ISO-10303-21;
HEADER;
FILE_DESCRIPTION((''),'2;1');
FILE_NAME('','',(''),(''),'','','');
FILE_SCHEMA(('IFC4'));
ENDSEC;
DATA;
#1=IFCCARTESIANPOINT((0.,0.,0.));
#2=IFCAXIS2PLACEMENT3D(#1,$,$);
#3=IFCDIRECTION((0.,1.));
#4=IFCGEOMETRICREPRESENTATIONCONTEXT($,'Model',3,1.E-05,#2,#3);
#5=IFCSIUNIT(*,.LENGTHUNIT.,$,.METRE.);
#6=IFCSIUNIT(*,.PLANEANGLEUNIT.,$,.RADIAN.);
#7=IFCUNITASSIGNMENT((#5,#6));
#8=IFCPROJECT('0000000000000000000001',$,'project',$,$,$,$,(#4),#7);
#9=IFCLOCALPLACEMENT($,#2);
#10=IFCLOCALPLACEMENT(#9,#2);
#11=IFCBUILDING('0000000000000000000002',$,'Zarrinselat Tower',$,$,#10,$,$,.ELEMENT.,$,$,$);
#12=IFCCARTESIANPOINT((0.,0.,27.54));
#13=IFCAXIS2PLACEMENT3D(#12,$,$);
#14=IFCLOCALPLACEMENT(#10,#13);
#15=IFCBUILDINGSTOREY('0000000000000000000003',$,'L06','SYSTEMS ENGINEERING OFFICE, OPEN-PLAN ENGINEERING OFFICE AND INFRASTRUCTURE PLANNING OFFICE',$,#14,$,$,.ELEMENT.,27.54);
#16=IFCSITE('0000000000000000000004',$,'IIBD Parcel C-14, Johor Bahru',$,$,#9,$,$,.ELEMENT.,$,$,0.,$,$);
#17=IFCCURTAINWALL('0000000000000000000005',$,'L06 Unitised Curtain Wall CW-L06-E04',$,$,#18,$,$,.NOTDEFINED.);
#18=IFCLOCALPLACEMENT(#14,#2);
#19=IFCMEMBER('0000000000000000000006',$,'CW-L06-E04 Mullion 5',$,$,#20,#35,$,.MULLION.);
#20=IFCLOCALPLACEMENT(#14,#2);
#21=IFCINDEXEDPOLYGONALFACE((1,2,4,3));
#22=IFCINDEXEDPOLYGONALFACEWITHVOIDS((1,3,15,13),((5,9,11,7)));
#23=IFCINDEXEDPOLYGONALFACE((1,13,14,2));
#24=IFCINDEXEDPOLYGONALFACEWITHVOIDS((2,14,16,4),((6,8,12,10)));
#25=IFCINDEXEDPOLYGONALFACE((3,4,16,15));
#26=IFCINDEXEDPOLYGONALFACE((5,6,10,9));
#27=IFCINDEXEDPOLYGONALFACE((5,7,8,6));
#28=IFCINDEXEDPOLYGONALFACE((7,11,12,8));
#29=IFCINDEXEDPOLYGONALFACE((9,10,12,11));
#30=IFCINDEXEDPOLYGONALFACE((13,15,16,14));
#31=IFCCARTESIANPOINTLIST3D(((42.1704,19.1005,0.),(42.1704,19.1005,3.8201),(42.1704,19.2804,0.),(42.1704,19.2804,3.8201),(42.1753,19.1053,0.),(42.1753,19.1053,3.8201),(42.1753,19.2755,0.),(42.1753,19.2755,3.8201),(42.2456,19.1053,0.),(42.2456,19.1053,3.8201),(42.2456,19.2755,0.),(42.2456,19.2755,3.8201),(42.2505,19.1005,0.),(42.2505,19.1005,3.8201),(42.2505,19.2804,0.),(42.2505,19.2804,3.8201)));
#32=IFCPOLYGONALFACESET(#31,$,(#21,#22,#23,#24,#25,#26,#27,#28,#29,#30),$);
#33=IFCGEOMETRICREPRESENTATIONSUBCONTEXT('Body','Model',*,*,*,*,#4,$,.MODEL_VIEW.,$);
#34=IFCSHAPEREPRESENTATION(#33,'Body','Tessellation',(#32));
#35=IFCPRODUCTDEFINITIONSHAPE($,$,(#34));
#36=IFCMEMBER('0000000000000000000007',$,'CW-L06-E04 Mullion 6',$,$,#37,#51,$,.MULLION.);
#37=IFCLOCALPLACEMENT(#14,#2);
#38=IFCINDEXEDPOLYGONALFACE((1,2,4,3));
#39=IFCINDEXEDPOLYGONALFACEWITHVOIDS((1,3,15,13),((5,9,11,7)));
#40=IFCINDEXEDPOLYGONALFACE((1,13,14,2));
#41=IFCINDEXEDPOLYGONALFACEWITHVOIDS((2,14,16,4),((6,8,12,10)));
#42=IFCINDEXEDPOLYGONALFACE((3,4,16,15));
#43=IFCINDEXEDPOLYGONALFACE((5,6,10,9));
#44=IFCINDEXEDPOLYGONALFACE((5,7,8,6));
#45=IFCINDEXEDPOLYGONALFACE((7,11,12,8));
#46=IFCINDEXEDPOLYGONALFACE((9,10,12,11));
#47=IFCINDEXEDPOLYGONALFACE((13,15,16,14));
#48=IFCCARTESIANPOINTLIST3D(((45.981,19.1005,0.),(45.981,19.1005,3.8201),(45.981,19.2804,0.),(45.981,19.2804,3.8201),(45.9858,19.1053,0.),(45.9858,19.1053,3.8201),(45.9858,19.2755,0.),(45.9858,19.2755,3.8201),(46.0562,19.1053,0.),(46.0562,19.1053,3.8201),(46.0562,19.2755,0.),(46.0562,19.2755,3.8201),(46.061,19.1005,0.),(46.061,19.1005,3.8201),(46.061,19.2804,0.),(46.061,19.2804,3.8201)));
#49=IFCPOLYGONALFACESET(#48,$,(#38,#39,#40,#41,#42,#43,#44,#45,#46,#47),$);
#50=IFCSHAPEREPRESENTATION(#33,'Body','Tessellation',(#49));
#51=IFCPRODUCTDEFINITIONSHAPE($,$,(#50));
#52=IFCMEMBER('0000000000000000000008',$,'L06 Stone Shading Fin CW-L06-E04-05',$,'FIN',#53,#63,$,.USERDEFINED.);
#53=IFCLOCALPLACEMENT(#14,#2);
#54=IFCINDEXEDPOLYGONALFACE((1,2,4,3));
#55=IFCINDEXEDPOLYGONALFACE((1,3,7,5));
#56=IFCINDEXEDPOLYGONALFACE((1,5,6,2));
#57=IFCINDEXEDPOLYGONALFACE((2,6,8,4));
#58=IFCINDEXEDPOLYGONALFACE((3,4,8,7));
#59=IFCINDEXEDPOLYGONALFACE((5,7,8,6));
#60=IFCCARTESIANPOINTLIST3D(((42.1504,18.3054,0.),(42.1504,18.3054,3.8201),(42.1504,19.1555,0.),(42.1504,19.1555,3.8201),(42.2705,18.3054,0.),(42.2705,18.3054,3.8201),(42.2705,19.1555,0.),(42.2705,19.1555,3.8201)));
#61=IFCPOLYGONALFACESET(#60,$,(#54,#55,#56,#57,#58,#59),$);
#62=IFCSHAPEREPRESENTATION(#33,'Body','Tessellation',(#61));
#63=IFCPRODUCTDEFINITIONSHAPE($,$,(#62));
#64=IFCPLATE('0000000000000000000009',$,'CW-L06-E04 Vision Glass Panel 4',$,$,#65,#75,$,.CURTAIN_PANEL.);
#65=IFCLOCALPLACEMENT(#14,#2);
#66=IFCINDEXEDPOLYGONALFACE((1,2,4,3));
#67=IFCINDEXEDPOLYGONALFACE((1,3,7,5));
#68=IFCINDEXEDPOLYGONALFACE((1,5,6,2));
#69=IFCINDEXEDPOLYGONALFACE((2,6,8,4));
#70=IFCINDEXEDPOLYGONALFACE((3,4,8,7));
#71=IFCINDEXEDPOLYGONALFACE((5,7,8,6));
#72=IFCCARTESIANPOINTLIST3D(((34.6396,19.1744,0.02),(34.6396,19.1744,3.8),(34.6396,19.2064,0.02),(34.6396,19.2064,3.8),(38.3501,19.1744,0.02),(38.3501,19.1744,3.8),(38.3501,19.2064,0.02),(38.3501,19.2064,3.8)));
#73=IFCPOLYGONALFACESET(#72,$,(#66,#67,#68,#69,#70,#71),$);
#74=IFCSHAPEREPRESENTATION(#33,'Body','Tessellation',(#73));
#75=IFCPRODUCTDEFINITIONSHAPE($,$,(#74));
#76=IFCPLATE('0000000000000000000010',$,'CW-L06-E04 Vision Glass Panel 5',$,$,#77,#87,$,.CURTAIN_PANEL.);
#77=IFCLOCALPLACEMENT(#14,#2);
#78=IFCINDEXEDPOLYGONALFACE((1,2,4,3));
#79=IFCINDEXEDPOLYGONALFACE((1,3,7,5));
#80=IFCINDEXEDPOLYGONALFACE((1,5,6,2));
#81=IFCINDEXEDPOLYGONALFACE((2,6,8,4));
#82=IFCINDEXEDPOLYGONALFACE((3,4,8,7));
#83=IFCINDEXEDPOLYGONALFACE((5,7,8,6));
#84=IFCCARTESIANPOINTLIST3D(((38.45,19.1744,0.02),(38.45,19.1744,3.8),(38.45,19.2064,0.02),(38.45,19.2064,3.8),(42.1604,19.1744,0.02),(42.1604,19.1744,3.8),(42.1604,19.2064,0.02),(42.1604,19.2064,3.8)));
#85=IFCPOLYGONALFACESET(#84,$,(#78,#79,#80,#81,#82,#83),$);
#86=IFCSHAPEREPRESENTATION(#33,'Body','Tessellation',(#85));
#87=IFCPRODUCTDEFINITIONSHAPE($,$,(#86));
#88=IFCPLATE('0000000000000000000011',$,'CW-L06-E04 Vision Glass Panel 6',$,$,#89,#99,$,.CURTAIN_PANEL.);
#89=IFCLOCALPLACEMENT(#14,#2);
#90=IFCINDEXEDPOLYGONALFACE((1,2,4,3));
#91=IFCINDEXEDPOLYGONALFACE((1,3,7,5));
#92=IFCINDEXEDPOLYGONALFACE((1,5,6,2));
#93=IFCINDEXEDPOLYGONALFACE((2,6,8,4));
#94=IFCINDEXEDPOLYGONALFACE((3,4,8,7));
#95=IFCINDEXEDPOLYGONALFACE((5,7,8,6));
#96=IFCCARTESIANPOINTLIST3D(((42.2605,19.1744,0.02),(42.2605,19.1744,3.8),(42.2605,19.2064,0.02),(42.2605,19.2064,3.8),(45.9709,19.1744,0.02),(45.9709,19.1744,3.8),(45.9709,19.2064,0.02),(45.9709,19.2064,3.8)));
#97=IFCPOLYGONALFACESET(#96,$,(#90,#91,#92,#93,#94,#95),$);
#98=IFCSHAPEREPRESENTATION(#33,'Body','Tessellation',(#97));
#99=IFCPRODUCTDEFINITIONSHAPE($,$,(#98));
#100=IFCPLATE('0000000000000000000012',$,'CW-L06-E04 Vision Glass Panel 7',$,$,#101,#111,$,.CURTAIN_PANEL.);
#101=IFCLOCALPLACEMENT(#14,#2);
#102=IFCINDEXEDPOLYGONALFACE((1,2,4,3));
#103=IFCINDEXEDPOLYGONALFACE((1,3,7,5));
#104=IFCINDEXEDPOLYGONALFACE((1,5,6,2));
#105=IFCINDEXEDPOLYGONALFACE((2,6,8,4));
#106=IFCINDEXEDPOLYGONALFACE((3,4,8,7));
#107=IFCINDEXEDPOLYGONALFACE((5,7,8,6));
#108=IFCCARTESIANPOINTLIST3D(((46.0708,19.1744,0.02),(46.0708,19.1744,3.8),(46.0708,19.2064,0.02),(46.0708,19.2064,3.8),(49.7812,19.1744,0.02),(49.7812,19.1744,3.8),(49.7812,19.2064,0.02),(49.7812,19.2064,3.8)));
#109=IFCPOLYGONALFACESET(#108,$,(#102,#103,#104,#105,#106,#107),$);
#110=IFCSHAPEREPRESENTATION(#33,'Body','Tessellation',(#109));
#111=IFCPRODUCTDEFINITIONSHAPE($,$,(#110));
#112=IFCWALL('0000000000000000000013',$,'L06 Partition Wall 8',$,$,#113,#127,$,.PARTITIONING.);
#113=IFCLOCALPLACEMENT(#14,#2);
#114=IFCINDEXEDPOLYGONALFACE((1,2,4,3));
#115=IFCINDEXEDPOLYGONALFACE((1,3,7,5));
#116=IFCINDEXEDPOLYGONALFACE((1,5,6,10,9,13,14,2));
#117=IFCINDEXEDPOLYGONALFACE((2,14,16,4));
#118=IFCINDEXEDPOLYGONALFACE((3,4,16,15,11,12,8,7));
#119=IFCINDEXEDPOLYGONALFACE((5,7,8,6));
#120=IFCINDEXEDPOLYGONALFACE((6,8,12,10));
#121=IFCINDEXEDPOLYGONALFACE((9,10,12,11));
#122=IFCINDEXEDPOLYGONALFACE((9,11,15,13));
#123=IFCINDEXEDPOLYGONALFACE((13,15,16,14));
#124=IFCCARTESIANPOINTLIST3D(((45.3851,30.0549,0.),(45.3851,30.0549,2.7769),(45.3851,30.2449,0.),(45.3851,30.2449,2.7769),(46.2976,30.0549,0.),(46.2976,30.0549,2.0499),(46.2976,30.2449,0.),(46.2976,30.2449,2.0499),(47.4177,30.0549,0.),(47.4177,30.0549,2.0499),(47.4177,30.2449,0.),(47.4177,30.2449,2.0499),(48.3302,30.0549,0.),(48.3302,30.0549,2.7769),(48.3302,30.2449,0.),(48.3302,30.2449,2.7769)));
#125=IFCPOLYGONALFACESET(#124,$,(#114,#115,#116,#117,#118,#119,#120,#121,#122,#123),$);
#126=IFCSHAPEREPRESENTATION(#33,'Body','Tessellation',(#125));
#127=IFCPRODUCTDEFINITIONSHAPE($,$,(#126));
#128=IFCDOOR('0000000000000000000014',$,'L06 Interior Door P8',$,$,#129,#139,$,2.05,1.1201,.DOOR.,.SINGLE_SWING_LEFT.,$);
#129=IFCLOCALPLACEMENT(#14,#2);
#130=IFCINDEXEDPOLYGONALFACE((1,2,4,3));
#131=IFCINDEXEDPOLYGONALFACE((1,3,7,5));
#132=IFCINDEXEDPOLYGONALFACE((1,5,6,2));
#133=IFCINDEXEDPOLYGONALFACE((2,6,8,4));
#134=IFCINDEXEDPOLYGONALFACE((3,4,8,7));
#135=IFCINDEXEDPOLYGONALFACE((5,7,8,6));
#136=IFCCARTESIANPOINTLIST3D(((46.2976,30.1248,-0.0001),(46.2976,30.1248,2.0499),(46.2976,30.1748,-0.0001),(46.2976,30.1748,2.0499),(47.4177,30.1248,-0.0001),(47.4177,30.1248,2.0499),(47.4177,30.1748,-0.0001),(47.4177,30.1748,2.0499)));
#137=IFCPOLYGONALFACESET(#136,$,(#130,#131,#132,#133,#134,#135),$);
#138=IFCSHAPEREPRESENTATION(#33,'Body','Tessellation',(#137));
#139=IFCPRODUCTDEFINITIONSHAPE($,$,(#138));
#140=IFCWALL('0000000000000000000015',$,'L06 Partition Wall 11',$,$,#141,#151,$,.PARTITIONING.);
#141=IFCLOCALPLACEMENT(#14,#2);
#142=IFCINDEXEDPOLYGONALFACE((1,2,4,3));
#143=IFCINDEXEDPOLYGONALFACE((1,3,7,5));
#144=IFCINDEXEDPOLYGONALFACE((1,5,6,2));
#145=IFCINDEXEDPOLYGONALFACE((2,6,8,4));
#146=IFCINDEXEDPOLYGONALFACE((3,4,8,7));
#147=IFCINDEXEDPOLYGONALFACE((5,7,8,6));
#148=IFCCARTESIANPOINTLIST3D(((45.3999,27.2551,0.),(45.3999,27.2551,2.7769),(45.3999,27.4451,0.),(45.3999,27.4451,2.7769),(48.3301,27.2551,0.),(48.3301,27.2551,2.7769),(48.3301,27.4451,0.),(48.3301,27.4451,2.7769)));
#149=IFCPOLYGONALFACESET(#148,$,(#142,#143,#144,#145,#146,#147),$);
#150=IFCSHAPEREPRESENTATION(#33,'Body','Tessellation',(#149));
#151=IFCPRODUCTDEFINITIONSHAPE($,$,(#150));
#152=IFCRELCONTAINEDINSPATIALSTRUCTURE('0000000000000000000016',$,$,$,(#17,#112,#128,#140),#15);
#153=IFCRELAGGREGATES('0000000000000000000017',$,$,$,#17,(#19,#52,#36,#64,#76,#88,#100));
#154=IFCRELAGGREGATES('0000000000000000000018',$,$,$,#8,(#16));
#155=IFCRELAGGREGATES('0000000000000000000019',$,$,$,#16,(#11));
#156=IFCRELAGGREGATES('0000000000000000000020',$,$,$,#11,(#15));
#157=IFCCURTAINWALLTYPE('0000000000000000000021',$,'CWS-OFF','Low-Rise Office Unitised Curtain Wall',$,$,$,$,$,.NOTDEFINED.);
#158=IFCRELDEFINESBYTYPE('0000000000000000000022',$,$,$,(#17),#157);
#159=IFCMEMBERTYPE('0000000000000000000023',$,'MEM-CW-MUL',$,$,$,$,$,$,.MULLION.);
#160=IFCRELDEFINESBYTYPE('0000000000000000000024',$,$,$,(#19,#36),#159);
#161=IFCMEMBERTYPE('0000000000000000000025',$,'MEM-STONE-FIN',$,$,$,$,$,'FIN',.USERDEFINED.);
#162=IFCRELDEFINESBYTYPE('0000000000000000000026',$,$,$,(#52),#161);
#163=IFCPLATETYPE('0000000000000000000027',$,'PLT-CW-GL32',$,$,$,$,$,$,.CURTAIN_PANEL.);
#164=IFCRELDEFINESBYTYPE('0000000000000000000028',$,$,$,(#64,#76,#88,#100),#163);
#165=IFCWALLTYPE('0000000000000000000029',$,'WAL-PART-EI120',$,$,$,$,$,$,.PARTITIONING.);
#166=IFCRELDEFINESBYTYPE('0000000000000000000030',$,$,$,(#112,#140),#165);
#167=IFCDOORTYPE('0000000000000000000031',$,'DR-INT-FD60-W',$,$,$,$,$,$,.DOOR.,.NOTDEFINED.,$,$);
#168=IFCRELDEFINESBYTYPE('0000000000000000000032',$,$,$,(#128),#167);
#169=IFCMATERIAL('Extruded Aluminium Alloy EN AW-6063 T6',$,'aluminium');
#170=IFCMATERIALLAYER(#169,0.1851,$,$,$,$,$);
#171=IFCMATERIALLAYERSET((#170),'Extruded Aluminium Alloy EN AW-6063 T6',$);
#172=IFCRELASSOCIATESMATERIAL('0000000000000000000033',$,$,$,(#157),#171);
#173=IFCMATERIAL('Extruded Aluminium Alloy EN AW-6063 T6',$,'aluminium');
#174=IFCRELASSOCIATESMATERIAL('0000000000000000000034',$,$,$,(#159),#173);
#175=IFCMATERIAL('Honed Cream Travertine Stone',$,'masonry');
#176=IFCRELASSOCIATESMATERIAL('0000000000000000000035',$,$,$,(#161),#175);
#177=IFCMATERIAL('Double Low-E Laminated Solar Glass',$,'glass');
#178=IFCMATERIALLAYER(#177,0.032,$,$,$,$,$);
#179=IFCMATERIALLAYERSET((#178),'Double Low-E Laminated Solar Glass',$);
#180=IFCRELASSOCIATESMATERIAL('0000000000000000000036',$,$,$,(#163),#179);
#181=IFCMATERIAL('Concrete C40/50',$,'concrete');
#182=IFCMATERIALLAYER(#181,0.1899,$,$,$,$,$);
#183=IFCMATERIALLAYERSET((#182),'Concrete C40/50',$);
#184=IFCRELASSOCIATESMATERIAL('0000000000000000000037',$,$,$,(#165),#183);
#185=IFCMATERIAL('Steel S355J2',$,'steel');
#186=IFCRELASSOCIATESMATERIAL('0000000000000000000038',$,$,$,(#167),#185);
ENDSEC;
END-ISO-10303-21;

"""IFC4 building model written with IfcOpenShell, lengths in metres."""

from ifc_helpers import new_model, si_unit, direction, frame, frame_2d, origin, origin_2d, place, context, subcontext, project, spatial, rectangle, hollow_rectangle, extrude, material, layer, layer_set, material_profile, profile_set, type_object, element, fill, aggregate, save


model = new_model("IFC4")

# Units and contexts
model_context = context("Model", 3, precision=1e-05, world=origin(), true_north=direction((0.0, 1.0)))
body_context = subcontext(model_context, "Body", "Model", "MODEL_VIEW")
ifc_project = project(units=[si_unit("LENGTHUNIT", "METRE"), si_unit("PLANEANGLEUNIT", "RADIAN")], contexts=[model_context])

# Site, building, storey
site_placement = place(None, origin())
site = spatial("IfcSite", under=ifc_project, at=site_placement, Name="IIBD Parcel C-14, Johor Bahru", CompositionType="ELEMENT", RefElevation=0.0)
building_placement = place(site_placement, origin())
building = spatial("IfcBuilding", under=site, at=building_placement, Name="Zarrinselat Tower", CompositionType="ELEMENT")
storey_placement = place(building_placement, frame((0.0, 0.0, 27.54)))
storey = spatial("IfcBuildingStorey", under=building, at=storey_placement, Name="L06", Description="SYSTEMS ENGINEERING OFFICE, OPEN-PLAN ENGINEERING OFFICE AND INFRASTRUCTURE PLANNING OFFICE", CompositionType="ELEMENT", Elevation=27.54)

# Curtain wall, members, plates
ifc_material_1 = material(Name="Extruded Aluminium Alloy EN AW-6063 T6", Category="aluminium")
ifc_layer_1 = layer(ifc_material_1, 0.1851)
ifc_layer_set_1 = layer_set([ifc_layer_1], Name="Extruded Aluminium Alloy EN AW-6063 T6")
curtain_wall_type = type_object("IfcCurtainWallType", Name="CWS-OFF", Description="Low-Rise Office Unitised Curtain Wall", PredefinedType="NOTDEFINED", material=ifc_layer_set_1)
curtain_wall_placement = place(storey_placement, origin())
curtain_wall = element("IfcCurtainWall", 1, at=curtain_wall_placement, inside=storey, type_object=curtain_wall_type, Name="L06 Unitised Curtain Wall CW-L06-E04", PredefinedType="NOTDEFINED")
ifc_material_2 = material(Name="Extruded Aluminium Alloy EN AW-6063 T6", Category="aluminium")
ifc_material_profile_1 = material_profile(ifc_material_2, hollow_rectangle(XDim=0.0801, YDim=0.1799, WallThickness=0.0049, at=origin_2d()), Name="RHS 180x80x5")
ifc_profile_set_1 = profile_set([ifc_material_profile_1], Name="Extruded Aluminium Alloy EN AW-6063 T6")
member_type_1 = type_object("IfcMemberType", Name="MEM-CW-MUL", PredefinedType="MULLION", material=ifc_profile_set_1)
member_1_placement = place(storey_placement, frame((42.2104, 19.1904, 0.0), z_axis=(0.0, 0.0, 1.0), x_axis=(1.0, 0.0, 0.0)))
member_1 = element("IfcMember", 2, at=member_1_placement, type_object=member_type_1, Name="CW-L06-E04 Mullion 5", PredefinedType="MULLION", context=body_context, shape_type="SweptSolid", body=[
    extrude(hollow_rectangle(XDim=0.0801, YDim=0.1799, WallThickness=0.0049, at=origin_2d()), origin(), (0.0, 0.0, 1.0), 3.8201),
])
member_2_placement = place(storey_placement, frame((46.021, 19.1904, 0.0), z_axis=(0.0, 0.0, 1.0), x_axis=(1.0, 0.0, 0.0)))
member_2 = element("IfcMember", 3, at=member_2_placement, type_object=member_type_1, Name="CW-L06-E04 Mullion 6", PredefinedType="MULLION", context=body_context, shape_type="SweptSolid", body=[
    extrude(hollow_rectangle(XDim=0.0801, YDim=0.1799, WallThickness=0.0049, at=origin_2d()), origin(), (0.0, 0.0, 1.0), 3.8201),
])
ifc_material_3 = material(Name="Honed Cream Travertine Stone", Category="masonry")
ifc_material_profile_2 = material_profile(ifc_material_3, rectangle(XDim=0.1201, YDim=0.8501, at=origin_2d()), Name="FIN 850x120")
ifc_profile_set_2 = profile_set([ifc_material_profile_2], Name="Honed Cream Travertine Stone")
member_type_2 = type_object("IfcMemberType", Name="MEM-STONE-FIN", ElementType="FIN", PredefinedType="USERDEFINED", material=ifc_profile_set_2)
member_3_placement = place(storey_placement, frame((42.2104, 18.7305, 0.0), z_axis=(0.0, 0.0, 1.0), x_axis=(-1.0, 0.0, 0.0)))
member_3 = element("IfcMember", 4, at=member_3_placement, type_object=member_type_2, Name="L06 Stone Shading Fin CW-L06-E04-05", ObjectType="FIN", PredefinedType="USERDEFINED", context=body_context, shape_type="SweptSolid", body=[
    extrude(rectangle(XDim=0.1201, YDim=0.8501, at=origin_2d()), origin(), (0.0, 0.0, 1.0), 3.8201),
])
ifc_material_4 = material(Name="Double Low-E Laminated Solar Glass", Category="glass")
ifc_layer_2 = layer(ifc_material_4, 0.032)
ifc_layer_set_2 = layer_set([ifc_layer_2], Name="Double Low-E Laminated Solar Glass")
plate_type = type_object("IfcPlateType", Name="PLT-CW-GL32", PredefinedType="CURTAIN_PANEL", material=ifc_layer_set_2)
plate_1_placement = place(storey_placement, frame((36.4949, 19.1904, 0.02), z_axis=(0.0, 0.0, 1.0), x_axis=(1.0, 0.0, 0.0)))
plate_1 = element("IfcPlate", 5, at=plate_1_placement, type_object=plate_type, Name="CW-L06-E04 Vision Glass Panel 4", PredefinedType="CURTAIN_PANEL", context=body_context, shape_type="SweptSolid", body=[
    extrude(rectangle(XDim=3.7104, YDim=0.032, at=origin_2d()), origin(), (0.0, 0.0, 1.0), 3.78),
])
plate_2_placement = place(storey_placement, frame((40.3052, 19.1904, 0.02), z_axis=(0.0, 0.0, 1.0), x_axis=(1.0, 0.0, 0.0)))
plate_2 = element("IfcPlate", 6, at=plate_2_placement, type_object=plate_type, Name="CW-L06-E04 Vision Glass Panel 5", PredefinedType="CURTAIN_PANEL", context=body_context, shape_type="SweptSolid", body=[
    extrude(rectangle(XDim=3.7104, YDim=0.032, at=origin_2d()), origin(), (0.0, 0.0, 1.0), 3.78),
])
plate_3_placement = place(storey_placement, frame((44.1157, 19.1904, 0.02), z_axis=(0.0, 0.0, 1.0), x_axis=(1.0, 0.0, 0.0)))
plate_3 = element("IfcPlate", 7, at=plate_3_placement, type_object=plate_type, Name="CW-L06-E04 Vision Glass Panel 6", PredefinedType="CURTAIN_PANEL", context=body_context, shape_type="SweptSolid", body=[
    extrude(rectangle(XDim=3.7104, YDim=0.032, at=origin_2d()), origin(), (0.0, 0.0, 1.0), 3.78),
])
plate_4_placement = place(storey_placement, frame((47.926, 19.1904, 0.02), z_axis=(0.0, 0.0, 1.0), x_axis=(1.0, 0.0, 0.0)))
plate_4 = element("IfcPlate", 8, at=plate_4_placement, type_object=plate_type, Name="CW-L06-E04 Vision Glass Panel 7", PredefinedType="CURTAIN_PANEL", context=body_context, shape_type="SweptSolid", body=[
    extrude(rectangle(XDim=3.7104, YDim=0.032, at=origin_2d()), origin(), (0.0, 0.0, 1.0), 3.78),
])
aggregate(curtain_wall, [member_1, member_3, member_2, plate_1, plate_2, plate_3, plate_4])

# Wall, opening, door
ifc_material_5 = material(Name="Concrete C40/50", Category="concrete")
ifc_layer_3 = layer(ifc_material_5, 0.1899)
ifc_layer_set_3 = layer_set([ifc_layer_3], Name="Concrete C40/50")
wall_type = type_object("IfcWallType", Name="WAL-PART-EI120", PredefinedType="PARTITIONING", material=ifc_layer_set_3)
wall_1_placement = place(storey_placement, frame((45.385, 30.1499, 0.0), z_axis=(0.0, 0.0, 1.0), x_axis=(1.0, 0.0, 0.0)))
wall_1 = element("IfcWall", 9, at=wall_1_placement, inside=storey, type_object=wall_type, Name="L06 Partition Wall 8", PredefinedType="PARTITIONING", context=body_context, shape_type="SweptSolid", body=[
    extrude(rectangle(XDim=2.9451, YDim=0.1899, at=frame_2d((1.4727, 0.0))), origin(), (0.0, 0.0, 1.0), 2.7769),
])
opening_placement = place(wall_1_placement, frame((0.9126, 0.0, 0.0)))
opening = element("IfcOpeningElement", 10, at=opening_placement, cuts=wall_1, PredefinedType="OPENING", context=body_context, shape_type="SweptSolid", body=[
    extrude(rectangle(XDim=1.1201, YDim=2.05, at=frame_2d((0.5601, 1.0249))), frame((0.0, 0.105, 0.0), z_axis=(0.0, -1.0, 0.0), x_axis=(1.0, 0.0, 0.0)), (0.0, 0.0, 1.0), 0.21),
])
ifc_material_6 = material(Name="Steel S355J2", Category="steel")
door_type = type_object("IfcDoorType", Name="DR-INT-FD60-W", OperationType="NOTDEFINED", PredefinedType="DOOR", material=ifc_material_6)
door_placement = place(opening_placement, origin())
door = element("IfcDoor", 11, at=door_placement, inside=storey, type_object=door_type, Name="L06 Interior Door P8", OperationType="SINGLE_SWING_LEFT", OverallHeight=2.05, OverallWidth=1.1201, PredefinedType="DOOR", context=body_context, shape_type="SweptSolid", body=[
    extrude(rectangle(XDim=1.1201, YDim=2.05, at=frame_2d((0.5601, 1.0249))), frame((0.0, 0.0249, 0.0), z_axis=(0.0, -1.0, 0.0), x_axis=(1.0, 0.0, 0.0)), (0.0, 0.0, 1.0), 0.05),
])
fill(opening, door)

# Wall
wall_2_placement = place(storey_placement, frame((45.3999, 27.3501, 0.0), z_axis=(0.0, 0.0, 1.0), x_axis=(1.0, 0.0, 0.0)))
element("IfcWall", 12, at=wall_2_placement, inside=storey, type_object=wall_type, Name="L06 Partition Wall 11", PredefinedType="PARTITIONING", context=body_context, shape_type="SweptSolid", body=[
    extrude(rectangle(XDim=2.9302, YDim=0.1899, at=frame_2d((1.4651, 0.0))), origin(), (0.0, 0.0, 1.0), 2.7769),
])

save(model, "model.ifc")
